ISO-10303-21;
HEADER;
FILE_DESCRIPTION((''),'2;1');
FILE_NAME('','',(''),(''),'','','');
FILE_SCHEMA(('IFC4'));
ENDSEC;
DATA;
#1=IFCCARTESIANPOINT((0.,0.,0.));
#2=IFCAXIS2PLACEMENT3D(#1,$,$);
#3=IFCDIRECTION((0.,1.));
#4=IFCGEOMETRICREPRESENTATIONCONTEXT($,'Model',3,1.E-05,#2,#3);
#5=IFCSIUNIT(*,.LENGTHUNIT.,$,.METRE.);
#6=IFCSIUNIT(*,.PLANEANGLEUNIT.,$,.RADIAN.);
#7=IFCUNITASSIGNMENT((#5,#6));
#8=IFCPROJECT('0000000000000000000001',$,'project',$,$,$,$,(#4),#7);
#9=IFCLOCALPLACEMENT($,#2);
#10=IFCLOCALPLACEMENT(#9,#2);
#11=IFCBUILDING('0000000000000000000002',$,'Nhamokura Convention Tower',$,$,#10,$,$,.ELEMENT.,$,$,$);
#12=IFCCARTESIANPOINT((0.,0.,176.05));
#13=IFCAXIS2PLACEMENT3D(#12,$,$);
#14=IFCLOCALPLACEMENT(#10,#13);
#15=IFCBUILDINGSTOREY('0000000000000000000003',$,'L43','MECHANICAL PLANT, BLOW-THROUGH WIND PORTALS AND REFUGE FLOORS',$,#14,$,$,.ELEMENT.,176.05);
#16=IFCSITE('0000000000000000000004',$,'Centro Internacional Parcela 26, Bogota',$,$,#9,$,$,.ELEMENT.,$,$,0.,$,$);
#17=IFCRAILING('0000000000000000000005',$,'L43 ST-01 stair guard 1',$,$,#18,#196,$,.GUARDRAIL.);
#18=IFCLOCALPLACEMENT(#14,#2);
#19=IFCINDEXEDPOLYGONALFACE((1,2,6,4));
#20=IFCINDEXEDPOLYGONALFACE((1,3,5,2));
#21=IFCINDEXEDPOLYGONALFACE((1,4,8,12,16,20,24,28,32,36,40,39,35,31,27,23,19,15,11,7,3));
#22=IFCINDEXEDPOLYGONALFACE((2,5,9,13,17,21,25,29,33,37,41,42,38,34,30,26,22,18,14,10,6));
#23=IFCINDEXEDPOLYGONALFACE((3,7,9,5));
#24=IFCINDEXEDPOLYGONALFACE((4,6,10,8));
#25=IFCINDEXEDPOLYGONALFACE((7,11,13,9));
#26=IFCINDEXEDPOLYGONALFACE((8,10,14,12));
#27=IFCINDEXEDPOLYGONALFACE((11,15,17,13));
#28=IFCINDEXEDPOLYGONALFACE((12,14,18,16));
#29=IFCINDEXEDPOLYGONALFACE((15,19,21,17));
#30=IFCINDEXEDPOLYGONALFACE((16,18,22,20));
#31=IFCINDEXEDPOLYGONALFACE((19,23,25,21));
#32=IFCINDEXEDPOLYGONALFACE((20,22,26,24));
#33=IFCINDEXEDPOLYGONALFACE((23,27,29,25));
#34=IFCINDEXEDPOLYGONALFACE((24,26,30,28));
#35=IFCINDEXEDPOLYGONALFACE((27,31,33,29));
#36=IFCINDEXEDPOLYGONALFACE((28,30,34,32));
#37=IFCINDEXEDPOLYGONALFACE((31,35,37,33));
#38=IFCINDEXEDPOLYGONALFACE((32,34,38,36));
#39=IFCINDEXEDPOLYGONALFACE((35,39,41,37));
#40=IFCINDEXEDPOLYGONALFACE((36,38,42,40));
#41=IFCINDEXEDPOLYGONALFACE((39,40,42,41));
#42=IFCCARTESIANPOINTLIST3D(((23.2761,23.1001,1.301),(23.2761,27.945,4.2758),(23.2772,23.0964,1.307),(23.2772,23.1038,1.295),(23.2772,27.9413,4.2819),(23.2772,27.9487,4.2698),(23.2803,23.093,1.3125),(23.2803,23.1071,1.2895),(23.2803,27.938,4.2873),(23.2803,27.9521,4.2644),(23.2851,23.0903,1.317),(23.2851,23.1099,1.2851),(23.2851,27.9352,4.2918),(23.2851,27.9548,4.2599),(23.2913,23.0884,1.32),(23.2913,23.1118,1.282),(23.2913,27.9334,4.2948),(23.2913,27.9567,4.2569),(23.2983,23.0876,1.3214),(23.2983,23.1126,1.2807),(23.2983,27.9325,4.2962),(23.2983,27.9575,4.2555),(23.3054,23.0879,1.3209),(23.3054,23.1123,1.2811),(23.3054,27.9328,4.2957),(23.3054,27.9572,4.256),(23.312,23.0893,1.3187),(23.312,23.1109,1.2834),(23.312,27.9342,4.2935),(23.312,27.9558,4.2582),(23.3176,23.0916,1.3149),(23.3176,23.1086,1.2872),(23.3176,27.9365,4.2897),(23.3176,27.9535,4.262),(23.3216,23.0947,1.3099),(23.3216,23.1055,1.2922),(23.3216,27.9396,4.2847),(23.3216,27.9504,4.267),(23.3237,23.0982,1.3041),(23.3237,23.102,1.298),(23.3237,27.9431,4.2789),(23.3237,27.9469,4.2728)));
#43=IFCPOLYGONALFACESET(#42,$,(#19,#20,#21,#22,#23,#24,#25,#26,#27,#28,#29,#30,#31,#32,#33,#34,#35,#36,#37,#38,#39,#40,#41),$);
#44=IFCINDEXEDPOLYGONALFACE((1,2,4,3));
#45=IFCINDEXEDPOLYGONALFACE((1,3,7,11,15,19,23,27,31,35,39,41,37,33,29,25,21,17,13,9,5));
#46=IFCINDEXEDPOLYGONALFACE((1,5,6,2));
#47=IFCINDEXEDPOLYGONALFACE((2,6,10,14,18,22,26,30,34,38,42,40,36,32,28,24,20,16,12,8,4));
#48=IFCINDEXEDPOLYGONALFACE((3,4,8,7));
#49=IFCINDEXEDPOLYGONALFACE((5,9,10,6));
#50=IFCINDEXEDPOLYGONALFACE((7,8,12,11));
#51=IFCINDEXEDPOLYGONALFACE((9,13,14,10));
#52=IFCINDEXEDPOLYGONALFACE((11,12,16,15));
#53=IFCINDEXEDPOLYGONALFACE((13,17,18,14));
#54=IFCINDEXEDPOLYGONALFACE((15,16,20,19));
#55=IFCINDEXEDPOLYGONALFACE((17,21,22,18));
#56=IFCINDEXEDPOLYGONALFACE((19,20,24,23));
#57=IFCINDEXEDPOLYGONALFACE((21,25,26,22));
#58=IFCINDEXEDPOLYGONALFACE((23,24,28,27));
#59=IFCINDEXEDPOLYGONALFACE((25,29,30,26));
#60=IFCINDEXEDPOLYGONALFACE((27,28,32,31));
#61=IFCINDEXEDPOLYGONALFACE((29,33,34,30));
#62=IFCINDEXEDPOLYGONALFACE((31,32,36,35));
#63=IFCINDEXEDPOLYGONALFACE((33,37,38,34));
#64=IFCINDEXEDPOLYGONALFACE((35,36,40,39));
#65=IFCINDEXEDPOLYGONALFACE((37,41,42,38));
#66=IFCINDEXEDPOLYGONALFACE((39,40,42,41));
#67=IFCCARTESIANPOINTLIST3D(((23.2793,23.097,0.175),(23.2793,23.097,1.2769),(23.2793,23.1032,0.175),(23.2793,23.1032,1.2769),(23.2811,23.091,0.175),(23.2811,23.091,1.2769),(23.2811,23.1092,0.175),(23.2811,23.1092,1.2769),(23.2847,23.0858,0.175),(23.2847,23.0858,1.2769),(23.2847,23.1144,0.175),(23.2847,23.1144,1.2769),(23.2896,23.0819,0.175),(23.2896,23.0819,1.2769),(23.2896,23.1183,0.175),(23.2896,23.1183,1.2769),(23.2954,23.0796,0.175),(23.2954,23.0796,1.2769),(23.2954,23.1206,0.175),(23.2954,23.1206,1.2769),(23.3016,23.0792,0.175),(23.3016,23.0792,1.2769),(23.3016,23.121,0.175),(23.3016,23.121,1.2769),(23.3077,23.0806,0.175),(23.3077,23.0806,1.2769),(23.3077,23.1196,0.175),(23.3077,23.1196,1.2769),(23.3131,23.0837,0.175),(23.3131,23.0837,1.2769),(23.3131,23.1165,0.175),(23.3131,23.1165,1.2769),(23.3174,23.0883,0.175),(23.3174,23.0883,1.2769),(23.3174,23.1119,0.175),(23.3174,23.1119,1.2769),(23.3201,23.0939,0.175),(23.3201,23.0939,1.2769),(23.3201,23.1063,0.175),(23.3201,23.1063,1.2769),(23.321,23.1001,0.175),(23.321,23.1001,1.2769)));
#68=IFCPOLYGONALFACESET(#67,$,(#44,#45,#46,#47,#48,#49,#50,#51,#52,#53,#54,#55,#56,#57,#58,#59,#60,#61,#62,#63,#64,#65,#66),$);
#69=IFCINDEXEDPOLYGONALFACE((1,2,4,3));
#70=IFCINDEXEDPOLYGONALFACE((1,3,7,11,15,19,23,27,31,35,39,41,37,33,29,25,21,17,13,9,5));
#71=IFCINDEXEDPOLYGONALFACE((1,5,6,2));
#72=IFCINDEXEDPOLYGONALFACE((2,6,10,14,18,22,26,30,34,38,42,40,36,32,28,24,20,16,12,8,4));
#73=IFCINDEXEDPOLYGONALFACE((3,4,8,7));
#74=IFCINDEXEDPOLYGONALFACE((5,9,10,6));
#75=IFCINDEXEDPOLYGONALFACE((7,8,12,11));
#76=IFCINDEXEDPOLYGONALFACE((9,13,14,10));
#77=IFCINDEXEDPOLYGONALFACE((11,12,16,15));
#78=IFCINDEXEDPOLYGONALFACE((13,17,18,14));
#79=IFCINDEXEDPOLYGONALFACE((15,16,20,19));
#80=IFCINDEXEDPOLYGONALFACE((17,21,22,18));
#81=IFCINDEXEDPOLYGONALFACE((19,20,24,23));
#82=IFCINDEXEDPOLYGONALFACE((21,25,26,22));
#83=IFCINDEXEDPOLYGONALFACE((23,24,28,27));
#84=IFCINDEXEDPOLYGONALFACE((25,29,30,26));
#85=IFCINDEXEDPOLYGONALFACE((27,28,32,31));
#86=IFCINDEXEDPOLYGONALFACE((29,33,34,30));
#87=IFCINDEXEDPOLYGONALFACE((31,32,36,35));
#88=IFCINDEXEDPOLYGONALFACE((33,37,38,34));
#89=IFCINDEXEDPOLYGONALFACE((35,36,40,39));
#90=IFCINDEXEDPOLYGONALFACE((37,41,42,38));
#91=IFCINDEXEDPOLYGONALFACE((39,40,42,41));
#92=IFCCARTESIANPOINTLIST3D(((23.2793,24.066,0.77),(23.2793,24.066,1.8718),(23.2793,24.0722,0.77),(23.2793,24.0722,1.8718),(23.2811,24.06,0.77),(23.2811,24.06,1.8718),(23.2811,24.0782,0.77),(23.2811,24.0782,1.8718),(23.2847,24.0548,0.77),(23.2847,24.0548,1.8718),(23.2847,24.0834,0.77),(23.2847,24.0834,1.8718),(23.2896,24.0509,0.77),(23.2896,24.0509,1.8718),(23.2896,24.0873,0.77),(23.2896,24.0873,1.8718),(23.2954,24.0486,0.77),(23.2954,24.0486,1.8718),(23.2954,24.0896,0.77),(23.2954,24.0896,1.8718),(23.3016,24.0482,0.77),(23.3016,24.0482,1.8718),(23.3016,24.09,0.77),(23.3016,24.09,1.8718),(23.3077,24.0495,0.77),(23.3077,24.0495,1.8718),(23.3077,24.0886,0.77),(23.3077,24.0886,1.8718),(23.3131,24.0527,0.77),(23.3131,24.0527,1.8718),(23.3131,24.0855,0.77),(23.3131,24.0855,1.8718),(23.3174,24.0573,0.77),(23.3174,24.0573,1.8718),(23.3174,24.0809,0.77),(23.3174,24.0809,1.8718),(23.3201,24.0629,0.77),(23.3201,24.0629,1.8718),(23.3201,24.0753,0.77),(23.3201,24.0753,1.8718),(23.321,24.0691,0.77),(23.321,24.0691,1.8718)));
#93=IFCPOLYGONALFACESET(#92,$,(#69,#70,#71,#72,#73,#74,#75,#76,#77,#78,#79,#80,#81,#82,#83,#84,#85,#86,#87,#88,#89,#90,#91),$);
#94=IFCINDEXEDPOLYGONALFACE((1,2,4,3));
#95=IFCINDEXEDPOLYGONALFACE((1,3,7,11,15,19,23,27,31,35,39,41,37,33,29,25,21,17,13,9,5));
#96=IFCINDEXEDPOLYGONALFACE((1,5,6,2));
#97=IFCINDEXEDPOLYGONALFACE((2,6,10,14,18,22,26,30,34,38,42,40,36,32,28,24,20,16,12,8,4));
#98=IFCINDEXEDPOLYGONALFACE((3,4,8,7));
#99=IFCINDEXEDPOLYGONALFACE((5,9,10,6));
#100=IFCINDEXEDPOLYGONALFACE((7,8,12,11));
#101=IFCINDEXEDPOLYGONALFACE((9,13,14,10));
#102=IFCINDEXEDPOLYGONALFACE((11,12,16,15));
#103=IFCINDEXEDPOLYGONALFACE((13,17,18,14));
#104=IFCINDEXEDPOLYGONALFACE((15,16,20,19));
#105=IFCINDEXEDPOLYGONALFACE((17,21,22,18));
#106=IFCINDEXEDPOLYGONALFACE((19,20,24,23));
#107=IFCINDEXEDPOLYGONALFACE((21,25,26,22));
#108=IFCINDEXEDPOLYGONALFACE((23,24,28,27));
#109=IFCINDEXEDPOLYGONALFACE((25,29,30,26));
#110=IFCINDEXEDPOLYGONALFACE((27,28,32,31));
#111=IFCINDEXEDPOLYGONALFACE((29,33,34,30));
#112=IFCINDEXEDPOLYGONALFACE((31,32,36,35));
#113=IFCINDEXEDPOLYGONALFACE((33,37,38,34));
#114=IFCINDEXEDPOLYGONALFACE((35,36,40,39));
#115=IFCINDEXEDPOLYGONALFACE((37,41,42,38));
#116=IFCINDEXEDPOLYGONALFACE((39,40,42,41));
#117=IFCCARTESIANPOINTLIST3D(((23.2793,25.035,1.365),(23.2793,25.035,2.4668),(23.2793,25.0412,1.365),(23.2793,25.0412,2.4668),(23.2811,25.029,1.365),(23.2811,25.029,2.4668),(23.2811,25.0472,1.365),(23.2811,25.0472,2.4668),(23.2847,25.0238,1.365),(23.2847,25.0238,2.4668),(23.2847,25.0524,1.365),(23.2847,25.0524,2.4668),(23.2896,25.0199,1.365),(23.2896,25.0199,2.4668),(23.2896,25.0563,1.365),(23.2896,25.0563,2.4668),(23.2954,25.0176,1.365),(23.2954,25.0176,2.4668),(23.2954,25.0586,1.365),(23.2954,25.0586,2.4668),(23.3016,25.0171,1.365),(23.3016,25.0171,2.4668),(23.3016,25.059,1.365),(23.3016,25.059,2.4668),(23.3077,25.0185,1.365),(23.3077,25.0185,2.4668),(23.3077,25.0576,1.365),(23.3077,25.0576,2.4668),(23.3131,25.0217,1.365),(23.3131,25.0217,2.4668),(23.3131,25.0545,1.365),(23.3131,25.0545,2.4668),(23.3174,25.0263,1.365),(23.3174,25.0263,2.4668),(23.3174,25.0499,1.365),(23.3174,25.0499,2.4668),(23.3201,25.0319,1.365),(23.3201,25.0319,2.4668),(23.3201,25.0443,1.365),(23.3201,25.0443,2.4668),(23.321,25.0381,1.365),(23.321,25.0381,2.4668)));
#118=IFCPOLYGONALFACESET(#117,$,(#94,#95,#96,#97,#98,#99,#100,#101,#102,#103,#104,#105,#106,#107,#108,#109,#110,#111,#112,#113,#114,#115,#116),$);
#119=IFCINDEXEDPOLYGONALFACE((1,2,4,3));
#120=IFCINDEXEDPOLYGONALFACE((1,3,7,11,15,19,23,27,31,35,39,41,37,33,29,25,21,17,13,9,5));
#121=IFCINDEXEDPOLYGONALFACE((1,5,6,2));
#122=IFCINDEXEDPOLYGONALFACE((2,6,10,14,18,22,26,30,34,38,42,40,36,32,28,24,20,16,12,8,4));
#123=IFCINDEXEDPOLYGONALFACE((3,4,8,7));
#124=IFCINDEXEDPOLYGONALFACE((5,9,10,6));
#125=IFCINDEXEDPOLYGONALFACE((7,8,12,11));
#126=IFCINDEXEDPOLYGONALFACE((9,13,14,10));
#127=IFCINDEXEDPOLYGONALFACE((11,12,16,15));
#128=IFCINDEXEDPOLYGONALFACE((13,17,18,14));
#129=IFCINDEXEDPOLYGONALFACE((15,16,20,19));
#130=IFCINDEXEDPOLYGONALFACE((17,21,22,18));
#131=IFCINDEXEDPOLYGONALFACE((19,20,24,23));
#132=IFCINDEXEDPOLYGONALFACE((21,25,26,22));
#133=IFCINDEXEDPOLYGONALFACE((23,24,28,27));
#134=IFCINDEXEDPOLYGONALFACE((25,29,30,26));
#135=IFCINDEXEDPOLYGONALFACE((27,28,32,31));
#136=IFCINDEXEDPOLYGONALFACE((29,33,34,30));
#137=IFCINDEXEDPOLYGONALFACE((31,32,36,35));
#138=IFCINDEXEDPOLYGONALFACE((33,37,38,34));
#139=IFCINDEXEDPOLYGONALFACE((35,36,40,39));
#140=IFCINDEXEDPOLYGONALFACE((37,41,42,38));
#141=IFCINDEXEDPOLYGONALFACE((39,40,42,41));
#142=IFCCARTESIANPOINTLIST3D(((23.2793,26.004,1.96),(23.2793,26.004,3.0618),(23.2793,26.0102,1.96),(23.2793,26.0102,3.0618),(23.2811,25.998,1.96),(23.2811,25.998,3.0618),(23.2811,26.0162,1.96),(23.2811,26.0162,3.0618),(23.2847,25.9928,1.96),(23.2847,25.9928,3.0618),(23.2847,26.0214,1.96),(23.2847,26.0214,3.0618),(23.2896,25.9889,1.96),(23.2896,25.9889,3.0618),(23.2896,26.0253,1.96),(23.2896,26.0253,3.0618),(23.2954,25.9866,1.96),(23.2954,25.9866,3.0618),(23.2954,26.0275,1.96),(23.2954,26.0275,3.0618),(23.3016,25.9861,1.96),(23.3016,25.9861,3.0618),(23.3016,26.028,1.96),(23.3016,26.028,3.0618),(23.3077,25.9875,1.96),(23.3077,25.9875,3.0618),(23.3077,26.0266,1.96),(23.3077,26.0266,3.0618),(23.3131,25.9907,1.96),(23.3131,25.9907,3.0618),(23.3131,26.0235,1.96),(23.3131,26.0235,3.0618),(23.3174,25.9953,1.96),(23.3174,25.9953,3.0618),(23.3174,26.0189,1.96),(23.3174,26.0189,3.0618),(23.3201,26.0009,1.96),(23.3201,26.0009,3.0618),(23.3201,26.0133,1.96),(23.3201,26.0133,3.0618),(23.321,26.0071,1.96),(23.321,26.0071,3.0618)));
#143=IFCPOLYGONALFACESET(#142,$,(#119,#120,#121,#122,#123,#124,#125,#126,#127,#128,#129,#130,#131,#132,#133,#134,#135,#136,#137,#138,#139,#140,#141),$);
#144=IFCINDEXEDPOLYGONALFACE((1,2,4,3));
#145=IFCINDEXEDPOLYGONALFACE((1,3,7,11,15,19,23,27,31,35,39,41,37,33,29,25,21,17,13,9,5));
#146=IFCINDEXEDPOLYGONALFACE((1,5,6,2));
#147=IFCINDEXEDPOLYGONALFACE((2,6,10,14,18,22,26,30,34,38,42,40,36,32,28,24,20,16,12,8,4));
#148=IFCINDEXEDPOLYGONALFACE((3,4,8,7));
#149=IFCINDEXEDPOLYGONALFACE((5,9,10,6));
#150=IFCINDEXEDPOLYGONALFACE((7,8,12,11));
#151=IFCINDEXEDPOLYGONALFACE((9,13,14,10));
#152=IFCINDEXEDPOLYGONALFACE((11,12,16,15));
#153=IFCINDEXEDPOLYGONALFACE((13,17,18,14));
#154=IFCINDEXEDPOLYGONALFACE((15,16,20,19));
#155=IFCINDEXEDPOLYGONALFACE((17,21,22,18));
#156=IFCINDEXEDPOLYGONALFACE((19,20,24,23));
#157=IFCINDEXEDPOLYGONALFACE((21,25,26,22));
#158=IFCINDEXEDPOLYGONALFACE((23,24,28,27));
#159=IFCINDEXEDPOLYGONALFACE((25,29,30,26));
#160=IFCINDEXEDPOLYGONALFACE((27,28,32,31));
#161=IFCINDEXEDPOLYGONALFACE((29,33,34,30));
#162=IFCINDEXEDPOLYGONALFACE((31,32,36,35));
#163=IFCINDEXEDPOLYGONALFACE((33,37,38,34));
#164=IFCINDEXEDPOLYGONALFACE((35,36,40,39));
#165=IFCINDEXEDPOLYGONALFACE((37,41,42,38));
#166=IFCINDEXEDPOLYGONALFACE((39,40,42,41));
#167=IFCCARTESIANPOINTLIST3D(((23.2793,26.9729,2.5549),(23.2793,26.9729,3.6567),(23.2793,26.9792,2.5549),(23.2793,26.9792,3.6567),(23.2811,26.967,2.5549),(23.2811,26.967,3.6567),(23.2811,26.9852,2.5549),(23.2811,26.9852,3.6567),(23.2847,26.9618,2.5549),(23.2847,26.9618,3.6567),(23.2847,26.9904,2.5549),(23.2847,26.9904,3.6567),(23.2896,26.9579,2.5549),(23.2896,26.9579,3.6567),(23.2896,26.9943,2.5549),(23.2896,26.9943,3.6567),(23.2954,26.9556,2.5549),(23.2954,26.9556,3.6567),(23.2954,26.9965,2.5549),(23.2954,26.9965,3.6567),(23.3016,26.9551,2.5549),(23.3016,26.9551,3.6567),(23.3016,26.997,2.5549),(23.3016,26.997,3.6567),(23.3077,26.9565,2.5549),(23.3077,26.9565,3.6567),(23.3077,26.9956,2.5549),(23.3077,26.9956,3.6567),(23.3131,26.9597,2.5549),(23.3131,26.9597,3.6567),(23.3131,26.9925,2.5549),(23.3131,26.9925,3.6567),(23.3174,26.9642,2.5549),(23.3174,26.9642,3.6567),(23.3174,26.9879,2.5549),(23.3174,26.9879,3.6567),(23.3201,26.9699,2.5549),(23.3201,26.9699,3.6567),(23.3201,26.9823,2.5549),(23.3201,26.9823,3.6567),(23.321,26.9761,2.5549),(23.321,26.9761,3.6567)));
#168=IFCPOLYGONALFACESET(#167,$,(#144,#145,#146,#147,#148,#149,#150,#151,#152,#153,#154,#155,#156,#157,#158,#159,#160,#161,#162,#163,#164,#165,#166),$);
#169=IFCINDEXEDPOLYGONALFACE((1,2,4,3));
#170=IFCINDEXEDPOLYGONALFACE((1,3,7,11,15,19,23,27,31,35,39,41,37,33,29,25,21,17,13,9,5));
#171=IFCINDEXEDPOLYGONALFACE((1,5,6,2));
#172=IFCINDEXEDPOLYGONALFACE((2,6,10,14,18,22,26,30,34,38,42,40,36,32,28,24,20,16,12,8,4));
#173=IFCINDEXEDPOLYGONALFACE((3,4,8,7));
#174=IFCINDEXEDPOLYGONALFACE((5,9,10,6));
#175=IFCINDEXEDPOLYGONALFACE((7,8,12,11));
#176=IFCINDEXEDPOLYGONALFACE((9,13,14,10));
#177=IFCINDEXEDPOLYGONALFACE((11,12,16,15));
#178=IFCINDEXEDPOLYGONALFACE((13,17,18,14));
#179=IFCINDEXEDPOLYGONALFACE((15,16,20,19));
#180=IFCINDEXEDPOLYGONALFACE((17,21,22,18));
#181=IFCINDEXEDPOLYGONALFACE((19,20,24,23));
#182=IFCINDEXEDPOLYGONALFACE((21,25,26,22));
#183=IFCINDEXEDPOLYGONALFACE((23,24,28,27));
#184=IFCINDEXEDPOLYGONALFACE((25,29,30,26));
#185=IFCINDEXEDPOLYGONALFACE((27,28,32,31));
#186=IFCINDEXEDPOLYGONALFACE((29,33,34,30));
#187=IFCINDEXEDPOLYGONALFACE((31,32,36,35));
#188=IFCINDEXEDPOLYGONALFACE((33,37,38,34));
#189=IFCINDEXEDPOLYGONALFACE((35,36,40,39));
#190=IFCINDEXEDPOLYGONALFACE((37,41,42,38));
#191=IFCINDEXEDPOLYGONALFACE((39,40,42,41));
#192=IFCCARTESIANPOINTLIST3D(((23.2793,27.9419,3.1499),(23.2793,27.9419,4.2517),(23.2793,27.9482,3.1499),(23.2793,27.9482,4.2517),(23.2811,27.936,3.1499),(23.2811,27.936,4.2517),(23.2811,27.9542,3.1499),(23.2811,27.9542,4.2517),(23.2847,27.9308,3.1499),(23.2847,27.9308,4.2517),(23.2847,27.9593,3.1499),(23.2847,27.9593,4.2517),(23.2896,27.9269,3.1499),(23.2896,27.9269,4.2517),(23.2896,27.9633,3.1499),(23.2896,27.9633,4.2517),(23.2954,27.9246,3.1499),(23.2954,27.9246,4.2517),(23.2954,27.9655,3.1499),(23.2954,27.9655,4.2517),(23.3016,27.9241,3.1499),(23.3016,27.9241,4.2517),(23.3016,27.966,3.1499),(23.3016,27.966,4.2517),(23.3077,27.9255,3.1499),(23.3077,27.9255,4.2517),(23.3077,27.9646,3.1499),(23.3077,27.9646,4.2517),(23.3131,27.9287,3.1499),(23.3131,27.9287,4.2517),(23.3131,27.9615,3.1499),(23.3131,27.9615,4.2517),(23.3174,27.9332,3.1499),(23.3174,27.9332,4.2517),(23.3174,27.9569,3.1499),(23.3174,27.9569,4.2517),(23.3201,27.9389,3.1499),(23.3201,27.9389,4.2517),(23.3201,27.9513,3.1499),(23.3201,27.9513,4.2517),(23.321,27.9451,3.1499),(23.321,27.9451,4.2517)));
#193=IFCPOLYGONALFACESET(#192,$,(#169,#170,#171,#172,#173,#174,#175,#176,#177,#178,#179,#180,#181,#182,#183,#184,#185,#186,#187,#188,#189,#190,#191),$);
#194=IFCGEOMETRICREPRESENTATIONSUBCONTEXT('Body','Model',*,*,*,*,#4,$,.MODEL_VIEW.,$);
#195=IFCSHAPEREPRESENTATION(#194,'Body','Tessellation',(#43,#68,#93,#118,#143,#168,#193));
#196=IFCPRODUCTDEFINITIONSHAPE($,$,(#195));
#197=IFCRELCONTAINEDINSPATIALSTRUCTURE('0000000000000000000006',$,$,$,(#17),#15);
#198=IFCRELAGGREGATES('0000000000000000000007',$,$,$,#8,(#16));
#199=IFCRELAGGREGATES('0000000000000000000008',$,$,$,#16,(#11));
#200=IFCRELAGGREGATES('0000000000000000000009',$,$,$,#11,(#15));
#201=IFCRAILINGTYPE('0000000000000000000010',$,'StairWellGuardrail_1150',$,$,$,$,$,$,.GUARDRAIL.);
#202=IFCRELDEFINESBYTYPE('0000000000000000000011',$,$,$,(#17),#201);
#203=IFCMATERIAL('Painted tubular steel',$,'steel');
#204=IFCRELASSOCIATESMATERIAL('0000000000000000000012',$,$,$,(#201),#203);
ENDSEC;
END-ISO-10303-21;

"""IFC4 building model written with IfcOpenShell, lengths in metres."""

from ifc_helpers import new_model, si_unit, direction, frame, origin, origin_2d, place, context, subcontext, project, spatial, circle, extrude, material, type_object, element, save


model = new_model("IFC4")

# Units and contexts
model_context = context("Model", 3, precision=1e-05, world=origin(), true_north=direction((0.0, 1.0)))
body_context = subcontext(model_context, "Body", "Model", "MODEL_VIEW")
ifc_project = project(units=[si_unit("LENGTHUNIT", "METRE"), si_unit("PLANEANGLEUNIT", "RADIAN")], contexts=[model_context])

# Site, building, storey
site_placement = place(None, origin())
site = spatial("IfcSite", under=ifc_project, at=site_placement, Name="Centro Internacional Parcela 26, Bogota", CompositionType="ELEMENT", RefElevation=0.0)
building_placement = place(site_placement, origin())
building = spatial("IfcBuilding", under=site, at=building_placement, Name="Nhamokura Convention Tower", CompositionType="ELEMENT")
storey_placement = place(building_placement, frame((0.0, 0.0, 176.05)))
storey = spatial("IfcBuildingStorey", under=building, at=storey_placement, Name="L43", Description="MECHANICAL PLANT, BLOW-THROUGH WIND PORTALS AND REFUGE FLOORS", CompositionType="ELEMENT", Elevation=176.05)

# Railing
ifc_material_1 = material(Name="Painted tubular steel", Category="steel")
railing_type_1 = type_object("IfcRailingType", Name="StairWellGuardrail_1150", PredefinedType="GUARDRAIL", material=ifc_material_1)
railing_1_placement = place(storey_placement, frame((23.3, 23.1001, 0.175)))
element("IfcRailing", 1, at=railing_1_placement, inside=storey, type_object=railing_type_1, Name="L43 ST-01 stair guard 1", PredefinedType="GUARDRAIL", context=body_context, shape_type="SweptSolid", body=[
    extrude(circle(Radius=0.0239, at=origin_2d()), frame((0.0, 0.0, 1.126), z_axis=(0.0, 0.852181, 0.523247), x_axis=(-1.0, 0.0, 0.0)), (0.0, 0.0, 1.0), 5.6853),
    extrude(circle(Radius=0.021, at=origin_2d()), origin(), (0.0, 0.0, 1.0), 1.1018),
    extrude(circle(Radius=0.021, at=origin_2d()), frame((0.0, 0.969, 0.595)), (0.0, 0.0, 1.0), 1.1018),
    extrude(circle(Radius=0.021, at=origin_2d()), frame((0.0, 1.938, 1.1899)), (0.0, 0.0, 1.0), 1.1018),
    extrude(circle(Radius=0.021, at=origin_2d()), frame((0.0, 2.907, 1.7849)), (0.0, 0.0, 1.0), 1.1018),
    extrude(circle(Radius=0.021, at=origin_2d()), frame((0.0, 3.876, 2.3799)), (0.0, 0.0, 1.0), 1.1018),
    extrude(circle(Radius=0.021, at=origin_2d()), frame((0.0, 4.845, 2.9749)), (0.0, 0.0, 1.0), 1.1018),
])

save(model, "model.ifc")
